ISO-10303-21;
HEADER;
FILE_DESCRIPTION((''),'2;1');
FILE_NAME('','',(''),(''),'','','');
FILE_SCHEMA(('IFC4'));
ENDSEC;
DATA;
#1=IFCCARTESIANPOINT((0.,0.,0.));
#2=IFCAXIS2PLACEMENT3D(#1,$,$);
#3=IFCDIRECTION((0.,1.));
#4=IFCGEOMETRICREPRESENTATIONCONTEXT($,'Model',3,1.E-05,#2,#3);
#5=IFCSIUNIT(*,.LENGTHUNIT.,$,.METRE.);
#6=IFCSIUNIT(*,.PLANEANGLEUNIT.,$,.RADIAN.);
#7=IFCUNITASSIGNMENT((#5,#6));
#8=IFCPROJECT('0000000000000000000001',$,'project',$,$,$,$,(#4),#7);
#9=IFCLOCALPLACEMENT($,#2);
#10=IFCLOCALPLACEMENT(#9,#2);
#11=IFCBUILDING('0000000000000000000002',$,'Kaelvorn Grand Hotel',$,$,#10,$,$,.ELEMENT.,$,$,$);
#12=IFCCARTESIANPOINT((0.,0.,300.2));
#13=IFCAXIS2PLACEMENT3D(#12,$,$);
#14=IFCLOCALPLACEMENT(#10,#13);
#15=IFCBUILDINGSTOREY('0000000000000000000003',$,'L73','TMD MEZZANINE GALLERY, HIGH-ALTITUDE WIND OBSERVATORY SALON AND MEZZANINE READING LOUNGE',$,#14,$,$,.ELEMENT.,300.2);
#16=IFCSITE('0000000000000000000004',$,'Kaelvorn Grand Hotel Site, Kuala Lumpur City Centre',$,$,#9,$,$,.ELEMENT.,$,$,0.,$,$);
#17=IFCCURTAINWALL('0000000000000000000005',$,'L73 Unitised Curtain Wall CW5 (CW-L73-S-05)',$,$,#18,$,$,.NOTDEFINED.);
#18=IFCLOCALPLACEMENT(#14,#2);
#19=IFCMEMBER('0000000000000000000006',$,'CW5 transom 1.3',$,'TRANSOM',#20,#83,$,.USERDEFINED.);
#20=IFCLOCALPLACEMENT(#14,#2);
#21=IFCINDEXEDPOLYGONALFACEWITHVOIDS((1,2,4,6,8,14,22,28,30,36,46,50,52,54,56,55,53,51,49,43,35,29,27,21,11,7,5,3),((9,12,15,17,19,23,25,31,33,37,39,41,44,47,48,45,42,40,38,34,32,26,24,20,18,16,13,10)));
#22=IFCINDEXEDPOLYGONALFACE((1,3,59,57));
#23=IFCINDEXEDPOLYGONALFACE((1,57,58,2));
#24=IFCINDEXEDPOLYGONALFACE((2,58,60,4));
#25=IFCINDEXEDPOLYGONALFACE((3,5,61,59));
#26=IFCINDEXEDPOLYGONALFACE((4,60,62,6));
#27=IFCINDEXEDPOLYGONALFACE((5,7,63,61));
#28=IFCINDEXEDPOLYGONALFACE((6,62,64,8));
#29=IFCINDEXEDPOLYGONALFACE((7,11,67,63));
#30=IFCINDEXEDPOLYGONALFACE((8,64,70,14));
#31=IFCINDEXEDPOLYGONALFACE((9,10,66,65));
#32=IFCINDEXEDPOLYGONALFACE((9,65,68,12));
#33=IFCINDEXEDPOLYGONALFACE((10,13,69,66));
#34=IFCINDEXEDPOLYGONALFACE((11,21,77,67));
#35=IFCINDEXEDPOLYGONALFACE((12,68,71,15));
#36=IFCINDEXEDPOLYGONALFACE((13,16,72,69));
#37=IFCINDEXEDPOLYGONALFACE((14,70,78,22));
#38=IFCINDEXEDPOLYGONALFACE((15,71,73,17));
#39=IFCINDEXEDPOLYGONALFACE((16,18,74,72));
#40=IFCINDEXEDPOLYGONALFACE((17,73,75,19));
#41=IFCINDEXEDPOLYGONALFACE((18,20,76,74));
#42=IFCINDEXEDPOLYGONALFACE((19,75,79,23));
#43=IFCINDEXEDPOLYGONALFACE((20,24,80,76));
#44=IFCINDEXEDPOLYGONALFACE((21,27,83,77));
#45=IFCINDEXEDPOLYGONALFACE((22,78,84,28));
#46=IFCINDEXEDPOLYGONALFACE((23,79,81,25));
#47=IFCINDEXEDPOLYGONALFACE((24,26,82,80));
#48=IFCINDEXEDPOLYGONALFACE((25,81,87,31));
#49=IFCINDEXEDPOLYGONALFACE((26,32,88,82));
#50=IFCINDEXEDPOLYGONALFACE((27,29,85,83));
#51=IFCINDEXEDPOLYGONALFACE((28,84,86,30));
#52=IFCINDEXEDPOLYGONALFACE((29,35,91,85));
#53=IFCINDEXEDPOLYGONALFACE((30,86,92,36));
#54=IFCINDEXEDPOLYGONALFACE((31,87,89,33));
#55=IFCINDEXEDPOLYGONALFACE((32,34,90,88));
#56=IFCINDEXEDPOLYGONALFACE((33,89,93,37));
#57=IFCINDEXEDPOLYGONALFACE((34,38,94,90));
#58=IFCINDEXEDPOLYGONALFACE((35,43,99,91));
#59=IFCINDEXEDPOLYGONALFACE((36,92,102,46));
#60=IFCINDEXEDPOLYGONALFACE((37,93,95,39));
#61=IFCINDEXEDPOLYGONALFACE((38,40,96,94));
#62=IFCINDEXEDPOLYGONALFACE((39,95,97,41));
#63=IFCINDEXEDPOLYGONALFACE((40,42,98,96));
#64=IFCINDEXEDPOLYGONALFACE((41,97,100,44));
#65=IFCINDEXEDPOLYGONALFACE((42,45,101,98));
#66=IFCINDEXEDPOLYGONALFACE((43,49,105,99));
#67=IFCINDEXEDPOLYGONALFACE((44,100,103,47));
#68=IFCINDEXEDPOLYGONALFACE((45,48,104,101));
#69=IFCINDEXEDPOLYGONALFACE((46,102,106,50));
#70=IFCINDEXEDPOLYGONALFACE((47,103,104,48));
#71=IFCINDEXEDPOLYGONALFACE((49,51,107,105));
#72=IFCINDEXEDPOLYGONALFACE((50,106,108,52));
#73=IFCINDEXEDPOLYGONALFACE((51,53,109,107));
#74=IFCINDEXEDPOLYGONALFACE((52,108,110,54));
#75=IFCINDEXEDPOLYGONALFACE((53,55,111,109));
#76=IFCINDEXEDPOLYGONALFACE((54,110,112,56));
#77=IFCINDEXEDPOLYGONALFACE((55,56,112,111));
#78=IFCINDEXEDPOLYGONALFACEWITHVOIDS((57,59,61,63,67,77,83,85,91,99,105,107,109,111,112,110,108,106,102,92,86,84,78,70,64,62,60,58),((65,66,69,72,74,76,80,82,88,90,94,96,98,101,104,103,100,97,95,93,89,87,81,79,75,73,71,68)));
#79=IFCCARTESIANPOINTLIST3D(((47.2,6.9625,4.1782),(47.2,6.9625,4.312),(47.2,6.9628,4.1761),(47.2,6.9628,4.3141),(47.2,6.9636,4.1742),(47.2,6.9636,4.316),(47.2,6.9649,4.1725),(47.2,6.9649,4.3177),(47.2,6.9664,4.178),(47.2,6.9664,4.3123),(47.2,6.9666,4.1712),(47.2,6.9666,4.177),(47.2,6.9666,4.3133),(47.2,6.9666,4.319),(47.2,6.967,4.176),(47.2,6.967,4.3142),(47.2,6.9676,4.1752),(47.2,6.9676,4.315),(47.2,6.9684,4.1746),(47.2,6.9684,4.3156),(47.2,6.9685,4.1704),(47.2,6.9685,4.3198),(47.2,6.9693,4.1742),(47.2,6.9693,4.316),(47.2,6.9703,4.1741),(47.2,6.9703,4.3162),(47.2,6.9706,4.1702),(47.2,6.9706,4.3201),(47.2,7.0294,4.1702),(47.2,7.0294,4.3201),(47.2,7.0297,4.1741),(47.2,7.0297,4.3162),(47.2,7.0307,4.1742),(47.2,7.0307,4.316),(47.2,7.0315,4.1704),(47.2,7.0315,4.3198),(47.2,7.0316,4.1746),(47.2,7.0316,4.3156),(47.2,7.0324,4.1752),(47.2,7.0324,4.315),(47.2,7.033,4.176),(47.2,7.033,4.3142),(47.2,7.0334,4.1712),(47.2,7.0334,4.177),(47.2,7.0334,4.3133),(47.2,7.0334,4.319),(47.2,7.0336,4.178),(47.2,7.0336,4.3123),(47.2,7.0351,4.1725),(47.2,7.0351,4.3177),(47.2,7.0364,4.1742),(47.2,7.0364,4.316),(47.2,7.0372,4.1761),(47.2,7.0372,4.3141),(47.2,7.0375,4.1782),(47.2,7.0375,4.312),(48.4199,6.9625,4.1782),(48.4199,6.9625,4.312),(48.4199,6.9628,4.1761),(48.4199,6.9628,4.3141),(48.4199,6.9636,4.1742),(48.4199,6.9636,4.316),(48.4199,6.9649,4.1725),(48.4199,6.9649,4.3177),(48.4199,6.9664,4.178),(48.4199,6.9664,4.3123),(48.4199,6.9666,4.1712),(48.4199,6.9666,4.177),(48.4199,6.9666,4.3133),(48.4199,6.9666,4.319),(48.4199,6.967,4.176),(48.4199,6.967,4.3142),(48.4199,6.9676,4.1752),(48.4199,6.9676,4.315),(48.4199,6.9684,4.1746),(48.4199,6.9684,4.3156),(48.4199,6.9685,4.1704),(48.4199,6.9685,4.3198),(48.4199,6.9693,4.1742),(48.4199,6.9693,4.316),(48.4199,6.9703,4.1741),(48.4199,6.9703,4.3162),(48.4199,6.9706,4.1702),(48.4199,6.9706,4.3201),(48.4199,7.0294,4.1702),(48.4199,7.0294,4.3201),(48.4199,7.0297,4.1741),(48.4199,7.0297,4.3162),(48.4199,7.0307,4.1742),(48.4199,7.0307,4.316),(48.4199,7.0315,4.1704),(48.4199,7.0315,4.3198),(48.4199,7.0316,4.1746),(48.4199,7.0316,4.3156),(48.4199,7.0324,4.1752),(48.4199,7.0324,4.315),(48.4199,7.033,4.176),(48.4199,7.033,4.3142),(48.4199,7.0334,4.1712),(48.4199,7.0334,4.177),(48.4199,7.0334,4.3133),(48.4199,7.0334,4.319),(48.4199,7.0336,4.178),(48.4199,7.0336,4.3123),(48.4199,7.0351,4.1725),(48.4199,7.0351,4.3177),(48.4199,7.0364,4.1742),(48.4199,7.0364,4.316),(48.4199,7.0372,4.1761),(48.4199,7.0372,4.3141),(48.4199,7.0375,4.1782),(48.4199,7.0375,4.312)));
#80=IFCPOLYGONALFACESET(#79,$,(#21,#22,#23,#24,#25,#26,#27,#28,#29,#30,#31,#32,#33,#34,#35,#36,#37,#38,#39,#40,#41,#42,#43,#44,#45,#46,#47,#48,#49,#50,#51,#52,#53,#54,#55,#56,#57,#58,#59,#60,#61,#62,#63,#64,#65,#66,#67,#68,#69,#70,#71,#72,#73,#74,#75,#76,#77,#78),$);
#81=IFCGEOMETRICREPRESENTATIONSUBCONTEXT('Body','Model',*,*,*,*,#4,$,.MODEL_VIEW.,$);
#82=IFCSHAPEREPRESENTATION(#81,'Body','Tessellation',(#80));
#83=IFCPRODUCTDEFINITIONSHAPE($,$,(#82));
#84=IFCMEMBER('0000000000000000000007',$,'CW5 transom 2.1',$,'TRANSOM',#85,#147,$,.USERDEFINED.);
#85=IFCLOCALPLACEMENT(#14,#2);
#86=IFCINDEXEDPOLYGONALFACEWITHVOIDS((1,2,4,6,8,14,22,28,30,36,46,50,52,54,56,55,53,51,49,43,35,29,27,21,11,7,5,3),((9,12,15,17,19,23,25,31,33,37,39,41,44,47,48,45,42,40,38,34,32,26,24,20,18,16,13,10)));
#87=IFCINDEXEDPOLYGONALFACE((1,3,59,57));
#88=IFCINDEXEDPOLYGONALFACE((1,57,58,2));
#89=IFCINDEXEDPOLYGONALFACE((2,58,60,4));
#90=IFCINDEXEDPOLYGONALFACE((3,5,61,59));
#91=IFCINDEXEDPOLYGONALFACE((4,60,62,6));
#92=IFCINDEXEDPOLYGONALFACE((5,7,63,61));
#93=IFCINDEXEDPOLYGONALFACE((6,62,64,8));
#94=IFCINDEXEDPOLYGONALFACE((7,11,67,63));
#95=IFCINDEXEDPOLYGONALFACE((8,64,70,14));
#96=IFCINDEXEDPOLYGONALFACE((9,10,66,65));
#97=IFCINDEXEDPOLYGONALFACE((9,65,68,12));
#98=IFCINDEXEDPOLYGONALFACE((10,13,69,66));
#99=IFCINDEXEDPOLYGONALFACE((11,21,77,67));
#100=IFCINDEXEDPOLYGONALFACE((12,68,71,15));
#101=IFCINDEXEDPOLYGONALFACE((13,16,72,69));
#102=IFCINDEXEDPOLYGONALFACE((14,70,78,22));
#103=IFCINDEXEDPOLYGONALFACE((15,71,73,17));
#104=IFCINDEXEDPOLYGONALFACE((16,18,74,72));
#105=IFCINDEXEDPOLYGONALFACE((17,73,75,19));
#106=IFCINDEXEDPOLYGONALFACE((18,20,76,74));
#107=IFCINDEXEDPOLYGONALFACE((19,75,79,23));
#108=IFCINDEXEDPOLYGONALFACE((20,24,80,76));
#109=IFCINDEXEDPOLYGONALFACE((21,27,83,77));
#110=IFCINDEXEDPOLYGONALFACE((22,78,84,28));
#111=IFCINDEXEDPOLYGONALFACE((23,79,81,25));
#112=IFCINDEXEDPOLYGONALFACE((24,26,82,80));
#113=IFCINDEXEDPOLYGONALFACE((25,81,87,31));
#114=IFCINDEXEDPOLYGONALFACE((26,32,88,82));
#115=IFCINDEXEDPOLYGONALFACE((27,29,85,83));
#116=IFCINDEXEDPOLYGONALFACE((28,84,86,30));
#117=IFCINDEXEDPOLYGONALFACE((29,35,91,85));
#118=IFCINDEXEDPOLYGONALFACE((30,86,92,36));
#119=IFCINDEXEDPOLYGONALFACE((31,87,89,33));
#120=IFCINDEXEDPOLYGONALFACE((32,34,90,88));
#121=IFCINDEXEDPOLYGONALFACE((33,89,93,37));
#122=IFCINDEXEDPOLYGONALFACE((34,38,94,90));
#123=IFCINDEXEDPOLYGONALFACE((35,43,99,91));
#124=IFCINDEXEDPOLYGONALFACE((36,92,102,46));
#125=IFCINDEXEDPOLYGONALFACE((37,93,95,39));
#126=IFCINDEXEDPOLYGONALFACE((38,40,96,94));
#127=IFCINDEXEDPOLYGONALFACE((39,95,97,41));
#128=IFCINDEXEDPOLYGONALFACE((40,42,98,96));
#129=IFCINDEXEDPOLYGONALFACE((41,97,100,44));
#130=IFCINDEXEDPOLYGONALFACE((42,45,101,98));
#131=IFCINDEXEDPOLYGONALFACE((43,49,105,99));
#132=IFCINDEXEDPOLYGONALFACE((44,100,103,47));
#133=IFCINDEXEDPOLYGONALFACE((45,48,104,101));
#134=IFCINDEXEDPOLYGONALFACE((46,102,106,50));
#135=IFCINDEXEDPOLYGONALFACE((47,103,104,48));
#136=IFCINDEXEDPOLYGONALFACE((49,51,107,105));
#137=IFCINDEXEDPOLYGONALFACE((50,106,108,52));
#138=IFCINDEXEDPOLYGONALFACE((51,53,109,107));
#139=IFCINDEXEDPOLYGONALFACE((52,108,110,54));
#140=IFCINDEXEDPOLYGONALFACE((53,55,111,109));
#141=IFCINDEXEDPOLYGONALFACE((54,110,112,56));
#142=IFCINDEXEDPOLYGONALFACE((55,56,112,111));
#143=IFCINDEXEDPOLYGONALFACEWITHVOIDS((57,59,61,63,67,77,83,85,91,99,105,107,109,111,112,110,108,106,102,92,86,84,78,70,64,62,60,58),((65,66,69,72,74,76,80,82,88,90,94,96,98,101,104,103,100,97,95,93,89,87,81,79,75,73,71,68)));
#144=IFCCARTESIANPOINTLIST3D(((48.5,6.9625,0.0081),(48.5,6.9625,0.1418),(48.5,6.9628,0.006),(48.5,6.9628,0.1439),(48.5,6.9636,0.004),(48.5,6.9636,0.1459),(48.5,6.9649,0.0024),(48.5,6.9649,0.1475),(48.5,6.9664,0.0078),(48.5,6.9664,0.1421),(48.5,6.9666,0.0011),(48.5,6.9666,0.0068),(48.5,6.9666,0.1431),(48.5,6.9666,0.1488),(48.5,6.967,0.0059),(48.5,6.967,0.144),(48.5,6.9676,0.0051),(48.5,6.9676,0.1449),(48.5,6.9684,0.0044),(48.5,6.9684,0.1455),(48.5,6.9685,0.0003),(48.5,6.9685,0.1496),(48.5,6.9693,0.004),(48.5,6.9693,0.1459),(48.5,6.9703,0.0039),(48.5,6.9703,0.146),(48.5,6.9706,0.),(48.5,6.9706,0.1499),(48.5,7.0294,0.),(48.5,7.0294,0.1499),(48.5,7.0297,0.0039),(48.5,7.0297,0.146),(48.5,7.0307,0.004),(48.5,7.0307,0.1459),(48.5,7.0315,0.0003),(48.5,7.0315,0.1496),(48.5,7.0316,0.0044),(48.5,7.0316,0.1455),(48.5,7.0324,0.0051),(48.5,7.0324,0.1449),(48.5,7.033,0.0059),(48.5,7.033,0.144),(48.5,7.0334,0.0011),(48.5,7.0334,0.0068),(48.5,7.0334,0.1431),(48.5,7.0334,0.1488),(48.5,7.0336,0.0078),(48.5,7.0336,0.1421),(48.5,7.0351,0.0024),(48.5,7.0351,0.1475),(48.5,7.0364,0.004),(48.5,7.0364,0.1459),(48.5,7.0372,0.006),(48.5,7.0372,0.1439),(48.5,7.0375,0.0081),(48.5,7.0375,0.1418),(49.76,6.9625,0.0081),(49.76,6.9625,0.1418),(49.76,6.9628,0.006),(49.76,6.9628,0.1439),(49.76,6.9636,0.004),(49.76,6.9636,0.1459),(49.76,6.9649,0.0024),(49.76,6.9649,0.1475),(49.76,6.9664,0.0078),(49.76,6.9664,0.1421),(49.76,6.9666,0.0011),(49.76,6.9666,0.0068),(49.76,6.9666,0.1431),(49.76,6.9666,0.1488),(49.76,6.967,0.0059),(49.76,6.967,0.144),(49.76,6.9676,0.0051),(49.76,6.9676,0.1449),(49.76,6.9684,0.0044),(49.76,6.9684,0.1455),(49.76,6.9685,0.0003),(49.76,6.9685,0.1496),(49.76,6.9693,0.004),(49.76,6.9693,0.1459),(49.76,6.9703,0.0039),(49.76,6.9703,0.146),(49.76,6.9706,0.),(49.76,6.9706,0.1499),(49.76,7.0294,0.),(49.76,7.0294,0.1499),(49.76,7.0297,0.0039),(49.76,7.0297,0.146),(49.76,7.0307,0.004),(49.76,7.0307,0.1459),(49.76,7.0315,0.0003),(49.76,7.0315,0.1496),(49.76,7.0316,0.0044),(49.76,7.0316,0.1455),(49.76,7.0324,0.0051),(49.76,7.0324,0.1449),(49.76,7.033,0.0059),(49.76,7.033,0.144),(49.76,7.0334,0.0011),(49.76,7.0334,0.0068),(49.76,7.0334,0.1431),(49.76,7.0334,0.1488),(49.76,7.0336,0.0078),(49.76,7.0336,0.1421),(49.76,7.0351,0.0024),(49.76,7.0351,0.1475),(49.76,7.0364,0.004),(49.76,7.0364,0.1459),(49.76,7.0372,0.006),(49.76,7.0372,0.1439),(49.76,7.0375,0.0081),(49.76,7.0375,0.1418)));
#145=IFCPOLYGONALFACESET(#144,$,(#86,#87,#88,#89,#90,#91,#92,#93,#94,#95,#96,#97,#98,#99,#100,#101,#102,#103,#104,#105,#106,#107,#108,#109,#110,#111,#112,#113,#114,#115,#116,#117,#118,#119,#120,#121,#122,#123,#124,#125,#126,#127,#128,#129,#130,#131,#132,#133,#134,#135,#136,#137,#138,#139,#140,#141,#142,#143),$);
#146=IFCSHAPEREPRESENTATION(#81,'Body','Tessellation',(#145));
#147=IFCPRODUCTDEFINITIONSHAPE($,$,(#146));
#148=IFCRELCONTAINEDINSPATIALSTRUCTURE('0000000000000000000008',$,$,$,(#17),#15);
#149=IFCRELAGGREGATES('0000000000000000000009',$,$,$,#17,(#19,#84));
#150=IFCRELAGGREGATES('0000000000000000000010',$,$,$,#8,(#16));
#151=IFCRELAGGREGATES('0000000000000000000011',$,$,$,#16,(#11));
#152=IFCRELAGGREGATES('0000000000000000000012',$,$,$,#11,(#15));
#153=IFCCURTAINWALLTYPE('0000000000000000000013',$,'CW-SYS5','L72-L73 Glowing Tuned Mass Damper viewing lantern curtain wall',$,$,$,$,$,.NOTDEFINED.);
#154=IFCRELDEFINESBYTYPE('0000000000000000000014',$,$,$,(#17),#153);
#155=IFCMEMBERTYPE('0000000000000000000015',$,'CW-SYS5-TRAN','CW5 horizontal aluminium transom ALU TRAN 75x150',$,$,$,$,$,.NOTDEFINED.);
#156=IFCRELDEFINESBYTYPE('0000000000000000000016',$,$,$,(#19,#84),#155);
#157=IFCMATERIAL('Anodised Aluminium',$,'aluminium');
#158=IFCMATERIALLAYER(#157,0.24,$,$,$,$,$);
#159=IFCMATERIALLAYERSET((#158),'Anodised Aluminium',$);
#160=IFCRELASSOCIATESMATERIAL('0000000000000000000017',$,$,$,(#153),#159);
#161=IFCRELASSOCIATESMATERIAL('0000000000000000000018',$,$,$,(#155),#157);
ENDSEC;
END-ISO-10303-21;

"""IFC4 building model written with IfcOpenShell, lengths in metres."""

from ifc_helpers import new_model, si_unit, direction, frame, origin, origin_2d, place, context, subcontext, project, spatial, hollow_rectangle, extrude, material, layer, layer_set, material_profile, profile_set, type_object, element, aggregate, save


model = new_model("IFC4")

# Units and contexts
model_context = context("Model", 3, precision=1e-05, world=origin(), true_north=direction((0.0, 1.0)))
body_context = subcontext(model_context, "Body", "Model", "MODEL_VIEW")
ifc_project = project(units=[si_unit("LENGTHUNIT", "METRE"), si_unit("PLANEANGLEUNIT", "RADIAN")], contexts=[model_context])

# Site, building, storey
site_placement = place(None, origin())
site = spatial("IfcSite", under=ifc_project, at=site_placement, Name="Kaelvorn Grand Hotel Site, Kuala Lumpur City Centre", CompositionType="ELEMENT", RefElevation=0.0)
building_placement = place(site_placement, origin())
building = spatial("IfcBuilding", under=site, at=building_placement, Name="Kaelvorn Grand Hotel", CompositionType="ELEMENT")
storey_placement = place(building_placement, frame((0.0, 0.0, 300.2)))
storey = spatial("IfcBuildingStorey", under=building, at=storey_placement, Name="L73", Description="TMD MEZZANINE GALLERY, HIGH-ALTITUDE WIND OBSERVATORY SALON AND MEZZANINE READING LOUNGE", CompositionType="ELEMENT", Elevation=300.2)

# Curtain wall, members
ifc_material_1 = material(Name="Anodised Aluminium", Category="aluminium")
ifc_layer_1 = layer(ifc_material_1, 0.24)
ifc_layer_set_1 = layer_set([ifc_layer_1], Name="Anodised Aluminium")
curtain_wall_type = type_object("IfcCurtainWallType", Name="CW-SYS5", Description="L72-L73 Glowing Tuned Mass Damper viewing lantern curtain wall", PredefinedType="NOTDEFINED", material=ifc_layer_set_1)
curtain_wall_placement = place(storey_placement, origin())
curtain_wall = element("IfcCurtainWall", 1, at=curtain_wall_placement, inside=storey, type_object=curtain_wall_type, Name="L73 Unitised Curtain Wall CW5 (CW-L73-S-05)", PredefinedType="NOTDEFINED")
ifc_material_profile_1 = material_profile(ifc_material_1, hollow_rectangle(XDim=0.075, YDim=0.1499, WallThickness=0.0039, InnerFilletRadius=0.0039, OuterFilletRadius=0.0081, at=origin_2d()), Name="ALU TRAN 75x150")
ifc_profile_set_1 = profile_set([ifc_material_profile_1], Name="Anodised Aluminium")
member_type_1 = type_object("IfcMemberType", Name="CW-SYS5-TRAN", Description="CW5 horizontal aluminium transom ALU TRAN 75x150", PredefinedType="NOTDEFINED", material=ifc_profile_set_1)
member_1_placement = place(storey_placement, frame((47.2, 7.0, 4.2451), z_axis=(1.0, 0.0, 0.0), x_axis=(0.0, 1.0, 0.0)))
member_1 = element("IfcMember", 2, at=member_1_placement, type_object=member_type_1, Name="CW5 transom 1.3", ObjectType="TRANSOM", PredefinedType="USERDEFINED", context=body_context, shape_type="SweptSolid", body=[
    extrude(hollow_rectangle(XDim=0.075, YDim=0.1499, WallThickness=0.0039, InnerFilletRadius=0.0039, OuterFilletRadius=0.0081, at=origin_2d()), origin(), (0.0, 0.0, 1.0), 1.22),
])
member_2_placement = place(storey_placement, frame((48.5, 7.0, 0.075), z_axis=(1.0, 0.0, 0.0), x_axis=(0.0, 1.0, 0.0)))
member_2 = element("IfcMember", 3, at=member_2_placement, type_object=member_type_1, Name="CW5 transom 2.1", ObjectType="TRANSOM", PredefinedType="USERDEFINED", context=body_context, shape_type="SweptSolid", body=[
    extrude(hollow_rectangle(XDim=0.075, YDim=0.1499, WallThickness=0.0039, InnerFilletRadius=0.0039, OuterFilletRadius=0.0081, at=origin_2d()), origin(), (0.0, 0.0, 1.0), 1.26),
])
aggregate(curtain_wall, [member_1, member_2])

save(model, "model.ifc")
